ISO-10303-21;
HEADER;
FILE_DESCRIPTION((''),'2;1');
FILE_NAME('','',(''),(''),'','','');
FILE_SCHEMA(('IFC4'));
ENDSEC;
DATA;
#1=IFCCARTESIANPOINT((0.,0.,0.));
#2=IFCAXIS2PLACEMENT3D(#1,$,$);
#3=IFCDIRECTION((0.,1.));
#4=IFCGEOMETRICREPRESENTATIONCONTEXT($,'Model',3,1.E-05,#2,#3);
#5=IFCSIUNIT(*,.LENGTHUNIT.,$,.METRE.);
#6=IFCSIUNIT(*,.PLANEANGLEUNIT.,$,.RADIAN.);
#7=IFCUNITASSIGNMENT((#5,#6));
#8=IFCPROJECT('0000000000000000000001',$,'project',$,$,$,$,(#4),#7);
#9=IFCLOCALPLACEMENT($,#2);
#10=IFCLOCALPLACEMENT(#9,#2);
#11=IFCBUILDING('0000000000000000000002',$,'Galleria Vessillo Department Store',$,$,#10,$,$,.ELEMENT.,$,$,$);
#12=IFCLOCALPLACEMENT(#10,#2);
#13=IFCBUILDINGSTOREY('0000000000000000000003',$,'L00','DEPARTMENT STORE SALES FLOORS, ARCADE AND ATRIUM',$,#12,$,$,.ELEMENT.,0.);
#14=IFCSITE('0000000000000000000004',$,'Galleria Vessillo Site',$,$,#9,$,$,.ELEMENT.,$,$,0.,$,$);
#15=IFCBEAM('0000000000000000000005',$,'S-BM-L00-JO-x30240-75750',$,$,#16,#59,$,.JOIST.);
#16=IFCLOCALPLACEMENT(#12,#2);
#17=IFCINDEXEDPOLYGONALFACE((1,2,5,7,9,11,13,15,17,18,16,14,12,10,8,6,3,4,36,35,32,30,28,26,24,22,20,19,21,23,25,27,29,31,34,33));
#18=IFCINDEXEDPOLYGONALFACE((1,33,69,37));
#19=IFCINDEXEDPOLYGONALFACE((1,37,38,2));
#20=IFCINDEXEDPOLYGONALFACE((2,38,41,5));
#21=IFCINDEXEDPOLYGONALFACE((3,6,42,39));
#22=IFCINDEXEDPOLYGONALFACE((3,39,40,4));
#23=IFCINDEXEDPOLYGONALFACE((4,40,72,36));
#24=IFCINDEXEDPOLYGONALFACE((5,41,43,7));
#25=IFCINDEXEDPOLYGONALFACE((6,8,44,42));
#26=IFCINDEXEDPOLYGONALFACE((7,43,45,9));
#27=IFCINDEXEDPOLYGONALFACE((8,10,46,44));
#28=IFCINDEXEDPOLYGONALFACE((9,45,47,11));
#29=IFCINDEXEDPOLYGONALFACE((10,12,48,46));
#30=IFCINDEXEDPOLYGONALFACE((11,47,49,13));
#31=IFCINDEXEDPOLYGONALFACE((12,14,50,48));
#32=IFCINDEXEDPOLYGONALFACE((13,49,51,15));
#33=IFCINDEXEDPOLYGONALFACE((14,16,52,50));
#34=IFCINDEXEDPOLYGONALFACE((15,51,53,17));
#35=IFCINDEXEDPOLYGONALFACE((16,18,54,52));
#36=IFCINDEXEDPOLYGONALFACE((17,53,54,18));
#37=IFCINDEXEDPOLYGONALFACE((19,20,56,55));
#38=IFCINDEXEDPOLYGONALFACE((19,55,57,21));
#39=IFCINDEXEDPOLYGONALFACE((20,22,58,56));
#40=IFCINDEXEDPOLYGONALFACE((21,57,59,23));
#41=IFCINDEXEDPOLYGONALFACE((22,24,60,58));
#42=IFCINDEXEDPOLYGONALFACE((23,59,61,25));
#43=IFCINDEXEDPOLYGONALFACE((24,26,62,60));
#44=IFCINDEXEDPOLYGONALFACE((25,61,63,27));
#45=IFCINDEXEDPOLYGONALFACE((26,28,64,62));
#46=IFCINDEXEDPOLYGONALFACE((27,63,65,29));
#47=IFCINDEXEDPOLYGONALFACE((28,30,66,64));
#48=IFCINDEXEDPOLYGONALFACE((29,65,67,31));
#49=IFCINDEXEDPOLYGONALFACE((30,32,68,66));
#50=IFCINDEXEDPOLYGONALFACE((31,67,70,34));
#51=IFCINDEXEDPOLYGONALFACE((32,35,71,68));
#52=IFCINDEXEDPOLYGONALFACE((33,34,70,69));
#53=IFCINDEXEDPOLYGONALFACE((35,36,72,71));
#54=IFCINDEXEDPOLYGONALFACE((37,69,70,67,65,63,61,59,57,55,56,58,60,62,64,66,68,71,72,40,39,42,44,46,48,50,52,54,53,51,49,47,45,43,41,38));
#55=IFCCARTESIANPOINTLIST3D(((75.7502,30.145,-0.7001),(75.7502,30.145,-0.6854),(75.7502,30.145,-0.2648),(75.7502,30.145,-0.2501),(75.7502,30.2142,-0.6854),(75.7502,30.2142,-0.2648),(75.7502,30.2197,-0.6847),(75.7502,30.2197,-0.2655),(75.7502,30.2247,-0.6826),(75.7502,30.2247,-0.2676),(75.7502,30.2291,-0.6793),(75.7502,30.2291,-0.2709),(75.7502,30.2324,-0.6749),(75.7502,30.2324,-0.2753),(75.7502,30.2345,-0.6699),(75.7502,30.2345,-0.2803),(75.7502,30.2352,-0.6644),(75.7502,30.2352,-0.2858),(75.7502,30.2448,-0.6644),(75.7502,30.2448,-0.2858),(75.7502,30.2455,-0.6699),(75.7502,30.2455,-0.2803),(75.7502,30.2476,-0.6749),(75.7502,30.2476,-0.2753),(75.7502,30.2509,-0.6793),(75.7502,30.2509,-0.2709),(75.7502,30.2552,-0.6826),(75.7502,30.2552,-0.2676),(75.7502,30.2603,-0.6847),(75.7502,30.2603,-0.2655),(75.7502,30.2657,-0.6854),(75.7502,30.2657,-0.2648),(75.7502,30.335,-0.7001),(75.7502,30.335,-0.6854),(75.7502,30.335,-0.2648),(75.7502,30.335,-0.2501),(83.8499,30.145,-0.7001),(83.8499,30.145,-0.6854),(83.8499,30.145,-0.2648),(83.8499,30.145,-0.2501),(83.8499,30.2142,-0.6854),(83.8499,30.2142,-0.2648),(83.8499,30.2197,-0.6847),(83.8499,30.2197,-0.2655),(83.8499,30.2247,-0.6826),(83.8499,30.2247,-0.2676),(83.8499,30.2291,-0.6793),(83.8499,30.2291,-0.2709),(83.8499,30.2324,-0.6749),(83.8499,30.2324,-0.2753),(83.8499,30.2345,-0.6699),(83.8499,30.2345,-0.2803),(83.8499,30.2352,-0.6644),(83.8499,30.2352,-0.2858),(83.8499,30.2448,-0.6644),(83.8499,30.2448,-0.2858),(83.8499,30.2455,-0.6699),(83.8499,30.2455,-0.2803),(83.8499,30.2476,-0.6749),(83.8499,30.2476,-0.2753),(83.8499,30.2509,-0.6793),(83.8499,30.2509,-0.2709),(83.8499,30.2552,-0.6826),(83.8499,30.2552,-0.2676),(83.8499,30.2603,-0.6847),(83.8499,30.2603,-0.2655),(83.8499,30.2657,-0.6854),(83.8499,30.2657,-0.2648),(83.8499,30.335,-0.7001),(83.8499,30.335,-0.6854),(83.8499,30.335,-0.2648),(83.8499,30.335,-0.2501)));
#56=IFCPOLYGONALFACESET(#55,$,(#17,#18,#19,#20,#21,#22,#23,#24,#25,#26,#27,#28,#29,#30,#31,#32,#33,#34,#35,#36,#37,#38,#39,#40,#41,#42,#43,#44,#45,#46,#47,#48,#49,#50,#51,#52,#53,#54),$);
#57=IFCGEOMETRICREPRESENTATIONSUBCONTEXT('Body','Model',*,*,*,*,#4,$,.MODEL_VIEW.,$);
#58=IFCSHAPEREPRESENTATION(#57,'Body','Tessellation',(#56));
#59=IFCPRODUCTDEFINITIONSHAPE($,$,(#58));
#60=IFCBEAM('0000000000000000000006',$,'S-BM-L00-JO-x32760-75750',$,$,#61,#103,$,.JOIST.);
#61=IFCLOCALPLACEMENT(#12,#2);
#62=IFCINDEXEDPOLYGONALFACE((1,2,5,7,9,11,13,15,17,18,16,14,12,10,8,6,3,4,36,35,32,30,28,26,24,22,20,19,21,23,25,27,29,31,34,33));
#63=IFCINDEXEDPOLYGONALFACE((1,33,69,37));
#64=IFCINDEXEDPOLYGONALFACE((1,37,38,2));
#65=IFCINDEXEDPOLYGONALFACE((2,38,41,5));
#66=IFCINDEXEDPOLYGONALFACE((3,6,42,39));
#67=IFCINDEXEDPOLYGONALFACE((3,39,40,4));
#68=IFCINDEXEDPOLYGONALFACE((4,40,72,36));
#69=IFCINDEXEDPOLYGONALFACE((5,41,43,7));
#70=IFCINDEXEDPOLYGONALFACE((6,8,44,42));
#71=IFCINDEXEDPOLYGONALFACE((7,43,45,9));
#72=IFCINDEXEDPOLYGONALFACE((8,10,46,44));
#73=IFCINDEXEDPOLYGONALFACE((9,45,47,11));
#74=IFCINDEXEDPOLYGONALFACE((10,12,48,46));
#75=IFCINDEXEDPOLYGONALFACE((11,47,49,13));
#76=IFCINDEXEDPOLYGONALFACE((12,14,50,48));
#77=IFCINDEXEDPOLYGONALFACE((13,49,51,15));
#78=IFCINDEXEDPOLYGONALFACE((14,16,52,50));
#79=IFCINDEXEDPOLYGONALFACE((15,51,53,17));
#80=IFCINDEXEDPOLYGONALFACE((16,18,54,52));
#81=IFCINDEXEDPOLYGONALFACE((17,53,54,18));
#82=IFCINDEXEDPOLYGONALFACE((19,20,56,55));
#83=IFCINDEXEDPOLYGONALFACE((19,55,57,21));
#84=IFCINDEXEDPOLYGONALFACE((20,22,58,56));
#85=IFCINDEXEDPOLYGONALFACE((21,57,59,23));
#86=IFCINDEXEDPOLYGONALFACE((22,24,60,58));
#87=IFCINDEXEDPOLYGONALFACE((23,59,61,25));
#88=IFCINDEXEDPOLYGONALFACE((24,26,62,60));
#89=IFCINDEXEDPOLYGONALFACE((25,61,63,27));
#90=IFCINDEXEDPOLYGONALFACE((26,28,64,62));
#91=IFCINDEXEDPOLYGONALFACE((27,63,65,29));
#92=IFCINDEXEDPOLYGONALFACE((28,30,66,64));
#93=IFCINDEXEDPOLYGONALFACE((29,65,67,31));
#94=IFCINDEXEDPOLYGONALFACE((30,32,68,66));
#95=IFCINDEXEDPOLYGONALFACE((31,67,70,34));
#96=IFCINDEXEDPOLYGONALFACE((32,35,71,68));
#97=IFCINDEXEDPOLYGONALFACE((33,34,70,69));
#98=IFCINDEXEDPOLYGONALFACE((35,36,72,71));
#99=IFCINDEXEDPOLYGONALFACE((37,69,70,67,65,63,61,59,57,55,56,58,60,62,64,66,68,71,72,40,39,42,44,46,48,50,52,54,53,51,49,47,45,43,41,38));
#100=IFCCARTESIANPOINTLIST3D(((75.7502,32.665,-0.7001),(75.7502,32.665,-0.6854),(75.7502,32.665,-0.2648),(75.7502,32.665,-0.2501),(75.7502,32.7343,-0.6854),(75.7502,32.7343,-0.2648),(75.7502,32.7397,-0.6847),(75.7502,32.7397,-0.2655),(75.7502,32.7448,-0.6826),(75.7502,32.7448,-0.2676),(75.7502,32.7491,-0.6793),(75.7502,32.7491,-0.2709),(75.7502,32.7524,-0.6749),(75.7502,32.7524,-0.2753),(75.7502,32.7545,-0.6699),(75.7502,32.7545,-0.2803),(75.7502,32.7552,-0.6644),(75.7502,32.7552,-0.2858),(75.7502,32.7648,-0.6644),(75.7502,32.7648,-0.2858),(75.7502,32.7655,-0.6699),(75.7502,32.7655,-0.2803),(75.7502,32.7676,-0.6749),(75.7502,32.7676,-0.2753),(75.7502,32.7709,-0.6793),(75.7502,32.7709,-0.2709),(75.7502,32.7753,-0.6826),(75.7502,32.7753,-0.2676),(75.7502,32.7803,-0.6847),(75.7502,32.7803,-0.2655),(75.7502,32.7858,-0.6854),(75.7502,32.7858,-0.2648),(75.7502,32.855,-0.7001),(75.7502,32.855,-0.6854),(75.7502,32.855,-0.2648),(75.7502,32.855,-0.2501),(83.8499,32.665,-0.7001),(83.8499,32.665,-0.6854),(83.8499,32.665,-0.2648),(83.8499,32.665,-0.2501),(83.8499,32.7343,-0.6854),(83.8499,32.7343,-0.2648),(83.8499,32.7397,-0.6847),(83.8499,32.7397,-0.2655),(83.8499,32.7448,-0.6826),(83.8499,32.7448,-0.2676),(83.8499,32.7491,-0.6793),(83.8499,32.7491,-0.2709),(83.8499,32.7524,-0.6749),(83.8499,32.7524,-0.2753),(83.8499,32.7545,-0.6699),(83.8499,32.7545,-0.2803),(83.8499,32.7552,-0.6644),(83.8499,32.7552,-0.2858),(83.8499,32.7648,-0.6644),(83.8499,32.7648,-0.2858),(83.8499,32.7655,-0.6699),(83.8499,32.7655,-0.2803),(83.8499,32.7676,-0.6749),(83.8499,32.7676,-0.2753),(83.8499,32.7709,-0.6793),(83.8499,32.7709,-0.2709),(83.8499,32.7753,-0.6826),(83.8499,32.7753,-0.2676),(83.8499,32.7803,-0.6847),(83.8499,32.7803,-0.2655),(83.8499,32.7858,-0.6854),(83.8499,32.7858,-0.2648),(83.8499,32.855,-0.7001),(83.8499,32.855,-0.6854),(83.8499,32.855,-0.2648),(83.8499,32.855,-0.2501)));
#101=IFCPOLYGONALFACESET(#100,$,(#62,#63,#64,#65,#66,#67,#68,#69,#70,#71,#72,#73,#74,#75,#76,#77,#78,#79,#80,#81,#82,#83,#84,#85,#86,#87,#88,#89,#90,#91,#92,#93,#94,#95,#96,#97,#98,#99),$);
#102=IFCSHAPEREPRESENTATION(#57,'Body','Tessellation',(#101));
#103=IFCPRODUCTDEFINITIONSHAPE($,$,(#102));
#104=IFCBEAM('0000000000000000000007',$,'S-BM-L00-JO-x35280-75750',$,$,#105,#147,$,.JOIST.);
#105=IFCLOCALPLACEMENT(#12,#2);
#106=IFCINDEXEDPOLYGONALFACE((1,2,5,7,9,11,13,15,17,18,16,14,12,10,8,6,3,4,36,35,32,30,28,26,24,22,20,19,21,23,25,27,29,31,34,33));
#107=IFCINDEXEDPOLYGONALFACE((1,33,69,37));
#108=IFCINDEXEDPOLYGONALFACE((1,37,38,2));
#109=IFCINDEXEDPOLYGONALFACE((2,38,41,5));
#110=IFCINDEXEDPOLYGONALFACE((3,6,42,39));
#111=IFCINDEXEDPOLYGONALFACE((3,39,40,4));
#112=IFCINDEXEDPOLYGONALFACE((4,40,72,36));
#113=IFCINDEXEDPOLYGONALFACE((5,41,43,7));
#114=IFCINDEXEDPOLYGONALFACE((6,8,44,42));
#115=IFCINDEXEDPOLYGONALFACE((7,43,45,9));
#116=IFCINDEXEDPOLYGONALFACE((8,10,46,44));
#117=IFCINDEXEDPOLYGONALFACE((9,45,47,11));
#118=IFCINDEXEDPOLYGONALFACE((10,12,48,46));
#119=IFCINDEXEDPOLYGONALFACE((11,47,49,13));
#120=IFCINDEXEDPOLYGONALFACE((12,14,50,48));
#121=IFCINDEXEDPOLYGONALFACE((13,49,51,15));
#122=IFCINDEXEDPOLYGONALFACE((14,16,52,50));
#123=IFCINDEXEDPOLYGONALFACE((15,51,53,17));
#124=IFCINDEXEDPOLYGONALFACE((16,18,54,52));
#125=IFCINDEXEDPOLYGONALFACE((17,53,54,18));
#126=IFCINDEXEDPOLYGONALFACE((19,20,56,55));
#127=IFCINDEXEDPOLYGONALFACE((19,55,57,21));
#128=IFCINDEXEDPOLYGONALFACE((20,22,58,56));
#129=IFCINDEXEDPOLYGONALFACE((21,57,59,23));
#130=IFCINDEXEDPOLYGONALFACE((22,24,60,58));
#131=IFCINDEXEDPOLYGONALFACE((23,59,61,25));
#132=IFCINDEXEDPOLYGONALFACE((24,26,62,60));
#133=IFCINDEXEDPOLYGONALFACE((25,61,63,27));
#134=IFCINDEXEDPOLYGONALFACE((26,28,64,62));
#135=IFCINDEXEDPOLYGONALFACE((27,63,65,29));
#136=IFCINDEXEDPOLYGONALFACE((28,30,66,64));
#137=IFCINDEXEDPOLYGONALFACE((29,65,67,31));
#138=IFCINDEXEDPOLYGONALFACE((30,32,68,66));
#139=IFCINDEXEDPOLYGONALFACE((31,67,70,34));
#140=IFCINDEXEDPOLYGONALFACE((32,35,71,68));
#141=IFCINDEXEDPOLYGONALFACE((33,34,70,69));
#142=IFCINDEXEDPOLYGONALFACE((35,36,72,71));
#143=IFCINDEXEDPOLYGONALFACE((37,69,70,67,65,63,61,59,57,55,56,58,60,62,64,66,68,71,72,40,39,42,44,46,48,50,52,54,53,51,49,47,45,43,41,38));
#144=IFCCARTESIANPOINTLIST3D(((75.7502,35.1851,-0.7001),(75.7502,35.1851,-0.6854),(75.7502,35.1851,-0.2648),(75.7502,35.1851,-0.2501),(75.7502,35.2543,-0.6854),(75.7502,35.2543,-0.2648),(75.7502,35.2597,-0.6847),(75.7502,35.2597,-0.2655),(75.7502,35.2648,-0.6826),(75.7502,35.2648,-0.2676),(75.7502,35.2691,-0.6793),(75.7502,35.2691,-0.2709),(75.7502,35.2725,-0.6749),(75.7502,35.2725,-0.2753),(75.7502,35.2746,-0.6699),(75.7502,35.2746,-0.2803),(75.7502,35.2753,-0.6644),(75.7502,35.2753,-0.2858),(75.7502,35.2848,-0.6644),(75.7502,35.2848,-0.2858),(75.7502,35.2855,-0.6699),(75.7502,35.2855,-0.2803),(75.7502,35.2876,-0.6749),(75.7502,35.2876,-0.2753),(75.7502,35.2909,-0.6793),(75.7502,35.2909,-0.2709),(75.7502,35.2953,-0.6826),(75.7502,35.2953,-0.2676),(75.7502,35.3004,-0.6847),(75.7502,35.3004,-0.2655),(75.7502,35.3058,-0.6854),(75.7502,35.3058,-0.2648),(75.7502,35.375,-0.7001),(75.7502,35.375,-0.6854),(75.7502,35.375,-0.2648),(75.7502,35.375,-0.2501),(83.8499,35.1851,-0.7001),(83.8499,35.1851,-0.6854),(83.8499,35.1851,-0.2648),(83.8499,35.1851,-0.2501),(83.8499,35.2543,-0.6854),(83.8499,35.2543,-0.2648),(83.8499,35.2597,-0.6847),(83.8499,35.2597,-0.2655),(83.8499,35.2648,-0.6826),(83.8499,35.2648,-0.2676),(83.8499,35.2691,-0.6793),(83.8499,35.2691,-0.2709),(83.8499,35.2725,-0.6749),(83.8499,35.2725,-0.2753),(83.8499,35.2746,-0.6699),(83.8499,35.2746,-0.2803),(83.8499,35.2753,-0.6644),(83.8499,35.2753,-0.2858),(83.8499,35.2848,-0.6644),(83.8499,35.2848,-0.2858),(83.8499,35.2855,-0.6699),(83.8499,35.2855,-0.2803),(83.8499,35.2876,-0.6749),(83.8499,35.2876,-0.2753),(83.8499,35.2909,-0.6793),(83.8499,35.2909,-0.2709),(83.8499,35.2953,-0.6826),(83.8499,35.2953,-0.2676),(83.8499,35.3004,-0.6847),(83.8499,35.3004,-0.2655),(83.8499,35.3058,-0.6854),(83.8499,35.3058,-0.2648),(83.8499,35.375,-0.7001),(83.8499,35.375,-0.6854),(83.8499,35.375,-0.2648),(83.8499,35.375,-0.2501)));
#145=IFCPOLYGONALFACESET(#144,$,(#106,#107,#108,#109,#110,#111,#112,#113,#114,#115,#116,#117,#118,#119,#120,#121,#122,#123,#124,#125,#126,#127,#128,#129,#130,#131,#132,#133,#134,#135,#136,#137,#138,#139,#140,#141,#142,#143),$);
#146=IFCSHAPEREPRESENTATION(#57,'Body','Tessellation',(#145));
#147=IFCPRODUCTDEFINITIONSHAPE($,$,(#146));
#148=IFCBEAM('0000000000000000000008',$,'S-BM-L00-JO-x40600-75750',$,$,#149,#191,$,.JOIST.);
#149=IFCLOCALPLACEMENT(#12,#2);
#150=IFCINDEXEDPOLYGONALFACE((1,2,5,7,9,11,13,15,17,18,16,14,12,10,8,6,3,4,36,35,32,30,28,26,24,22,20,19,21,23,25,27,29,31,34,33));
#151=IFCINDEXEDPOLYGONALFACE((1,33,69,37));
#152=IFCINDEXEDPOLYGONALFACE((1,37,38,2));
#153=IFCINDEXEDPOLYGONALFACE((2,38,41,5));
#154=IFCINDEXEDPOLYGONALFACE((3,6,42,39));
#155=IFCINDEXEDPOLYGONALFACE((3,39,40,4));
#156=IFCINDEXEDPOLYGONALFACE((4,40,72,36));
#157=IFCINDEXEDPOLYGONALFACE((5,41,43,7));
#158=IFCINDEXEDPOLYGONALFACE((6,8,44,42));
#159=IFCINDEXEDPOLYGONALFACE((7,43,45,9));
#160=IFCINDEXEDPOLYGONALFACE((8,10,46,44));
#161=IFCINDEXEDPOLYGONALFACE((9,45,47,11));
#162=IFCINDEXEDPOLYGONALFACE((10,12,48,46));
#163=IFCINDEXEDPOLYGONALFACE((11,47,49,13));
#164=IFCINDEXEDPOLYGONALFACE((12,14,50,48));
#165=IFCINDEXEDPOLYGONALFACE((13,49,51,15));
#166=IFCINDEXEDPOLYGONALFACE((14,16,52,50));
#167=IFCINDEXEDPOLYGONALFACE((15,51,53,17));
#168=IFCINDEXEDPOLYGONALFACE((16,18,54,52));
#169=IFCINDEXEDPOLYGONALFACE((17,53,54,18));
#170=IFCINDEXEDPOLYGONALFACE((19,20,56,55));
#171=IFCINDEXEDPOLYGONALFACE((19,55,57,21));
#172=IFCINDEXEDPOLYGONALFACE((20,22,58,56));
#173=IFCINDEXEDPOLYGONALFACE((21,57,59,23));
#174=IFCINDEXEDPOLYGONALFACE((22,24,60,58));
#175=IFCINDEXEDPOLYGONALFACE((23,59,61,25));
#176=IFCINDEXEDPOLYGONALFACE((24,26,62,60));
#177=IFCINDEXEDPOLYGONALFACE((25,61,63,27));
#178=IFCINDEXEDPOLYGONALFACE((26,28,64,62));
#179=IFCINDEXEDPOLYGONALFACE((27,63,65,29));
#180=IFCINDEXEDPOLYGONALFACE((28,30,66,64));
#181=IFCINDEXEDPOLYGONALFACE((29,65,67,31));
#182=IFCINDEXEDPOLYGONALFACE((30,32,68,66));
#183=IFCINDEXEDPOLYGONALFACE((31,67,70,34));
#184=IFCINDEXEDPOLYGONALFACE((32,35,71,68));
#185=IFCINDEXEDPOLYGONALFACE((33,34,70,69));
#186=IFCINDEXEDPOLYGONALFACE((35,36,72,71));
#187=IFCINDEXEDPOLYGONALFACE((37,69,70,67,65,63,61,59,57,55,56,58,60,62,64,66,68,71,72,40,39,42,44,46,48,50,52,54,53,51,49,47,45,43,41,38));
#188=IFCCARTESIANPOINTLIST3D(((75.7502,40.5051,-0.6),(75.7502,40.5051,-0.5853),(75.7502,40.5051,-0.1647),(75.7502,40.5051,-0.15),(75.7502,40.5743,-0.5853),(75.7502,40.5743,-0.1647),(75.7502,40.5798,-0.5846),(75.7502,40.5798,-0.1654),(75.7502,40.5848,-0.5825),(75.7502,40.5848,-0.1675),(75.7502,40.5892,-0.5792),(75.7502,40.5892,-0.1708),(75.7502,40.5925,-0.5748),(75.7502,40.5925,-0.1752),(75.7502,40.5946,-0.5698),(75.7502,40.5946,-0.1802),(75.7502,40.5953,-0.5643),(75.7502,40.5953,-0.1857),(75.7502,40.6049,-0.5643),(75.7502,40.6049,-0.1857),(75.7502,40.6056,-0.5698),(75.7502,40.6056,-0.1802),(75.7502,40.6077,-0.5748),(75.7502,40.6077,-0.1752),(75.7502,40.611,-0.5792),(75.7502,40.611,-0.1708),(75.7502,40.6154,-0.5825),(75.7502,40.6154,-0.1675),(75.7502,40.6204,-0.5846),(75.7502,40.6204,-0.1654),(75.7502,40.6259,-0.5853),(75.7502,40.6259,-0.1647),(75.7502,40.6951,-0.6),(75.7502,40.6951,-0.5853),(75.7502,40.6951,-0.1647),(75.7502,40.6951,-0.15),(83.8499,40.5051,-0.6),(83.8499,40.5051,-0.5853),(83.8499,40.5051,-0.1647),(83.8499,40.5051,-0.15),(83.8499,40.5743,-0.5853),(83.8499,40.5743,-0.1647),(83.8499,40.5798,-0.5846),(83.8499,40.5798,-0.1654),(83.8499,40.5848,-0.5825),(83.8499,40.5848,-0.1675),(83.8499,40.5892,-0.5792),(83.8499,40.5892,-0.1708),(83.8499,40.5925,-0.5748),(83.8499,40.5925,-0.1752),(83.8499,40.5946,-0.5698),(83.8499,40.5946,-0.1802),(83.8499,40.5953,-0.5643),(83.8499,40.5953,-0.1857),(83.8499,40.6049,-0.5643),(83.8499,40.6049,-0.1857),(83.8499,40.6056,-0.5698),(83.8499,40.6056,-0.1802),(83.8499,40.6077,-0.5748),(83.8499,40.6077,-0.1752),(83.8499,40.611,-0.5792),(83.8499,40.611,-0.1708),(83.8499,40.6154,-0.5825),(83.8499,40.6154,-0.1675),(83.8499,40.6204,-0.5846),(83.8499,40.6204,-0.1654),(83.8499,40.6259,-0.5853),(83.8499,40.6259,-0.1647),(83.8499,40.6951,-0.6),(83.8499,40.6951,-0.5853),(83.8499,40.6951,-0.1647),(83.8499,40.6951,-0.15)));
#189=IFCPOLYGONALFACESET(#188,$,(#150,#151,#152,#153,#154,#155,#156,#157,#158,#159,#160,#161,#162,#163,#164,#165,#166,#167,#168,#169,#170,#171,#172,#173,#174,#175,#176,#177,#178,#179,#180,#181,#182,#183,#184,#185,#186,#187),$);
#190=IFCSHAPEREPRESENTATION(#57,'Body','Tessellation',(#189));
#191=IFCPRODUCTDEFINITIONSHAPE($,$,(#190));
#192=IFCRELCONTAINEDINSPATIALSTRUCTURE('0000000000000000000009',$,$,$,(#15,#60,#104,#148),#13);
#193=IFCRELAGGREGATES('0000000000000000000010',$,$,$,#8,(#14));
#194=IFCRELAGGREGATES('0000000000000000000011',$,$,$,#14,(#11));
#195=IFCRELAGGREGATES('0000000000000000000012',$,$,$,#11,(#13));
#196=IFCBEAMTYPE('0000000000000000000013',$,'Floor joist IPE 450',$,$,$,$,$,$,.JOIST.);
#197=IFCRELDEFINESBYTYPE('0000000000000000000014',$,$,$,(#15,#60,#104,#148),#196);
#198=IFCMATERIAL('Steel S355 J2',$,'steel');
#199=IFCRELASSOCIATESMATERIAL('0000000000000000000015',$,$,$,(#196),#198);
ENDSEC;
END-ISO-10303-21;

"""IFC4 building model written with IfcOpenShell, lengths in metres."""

from ifc_helpers import new_model, si_unit, direction, frame, origin, origin_2d, place, context, subcontext, project, spatial, i_section, extrude, material, material_profile, profile_set, type_object, element, save


model = new_model("IFC4")

# Units and contexts
model_context = context("Model", 3, precision=1e-05, world=origin(), true_north=direction((0.0, 1.0)))
body_context = subcontext(model_context, "Body", "Model", "MODEL_VIEW")
ifc_project = project(units=[si_unit("LENGTHUNIT", "METRE"), si_unit("PLANEANGLEUNIT", "RADIAN")], contexts=[model_context])

# Site, building, storey
site_placement = place(None, origin())
site = spatial("IfcSite", under=ifc_project, at=site_placement, Name="Galleria Vessillo Site", CompositionType="ELEMENT", RefElevation=0.0)
building_placement = place(site_placement, origin())
building = spatial("IfcBuilding", under=site, at=building_placement, Name="Galleria Vessillo Department Store", CompositionType="ELEMENT")
storey_placement = place(building_placement, origin())
storey = spatial("IfcBuildingStorey", under=building, at=storey_placement, Name="L00", Description="DEPARTMENT STORE SALES FLOORS, ARCADE AND ATRIUM", CompositionType="ELEMENT", Elevation=0.0)

# Beams
ifc_material_1 = material(Name="Steel S355 J2", Category="steel")
ifc_material_profile_1 = material_profile(ifc_material_1, i_section(OverallWidth=0.1899, OverallDepth=0.45, WebThickness=0.0095, FlangeThickness=0.0146, FilletRadius=0.021, at=origin_2d()), Name="IPE 450")
ifc_profile_set_1 = profile_set([ifc_material_profile_1], Name="Steel S355 J2")
beam_type_1 = type_object("IfcBeamType", Name="Floor joist IPE 450", PredefinedType="JOIST", material=ifc_profile_set_1)
for number, where, z_axis, x_axis, name in (
    (1, (75.7502, 30.24, -0.4751), (1.0, 0.0, 0.0), (0.0, 1.0, 0.0), "S-BM-L00-JO-x30240-75750"),
    (2, (75.7502, 32.76, -0.4751), (1.0, 0.0, 0.0), (0.0, 1.0, 0.0), "S-BM-L00-JO-x32760-75750"),
    (3, (75.7502, 35.28, -0.4751), (1.0, 0.0, 0.0), (0.0, 1.0, 0.0), "S-BM-L00-JO-x35280-75750"),
    (4, (75.7502, 40.6001, -0.375), (1.0, 0.0, 0.0), (0.0, 1.0, 0.0), "S-BM-L00-JO-x40600-75750"),
):
    element("IfcBeam", number, at=place(storey_placement, frame(where, z_axis=z_axis, x_axis=x_axis)), inside=storey, type_object=beam_type_1, Name=name, PredefinedType="JOIST", context=body_context, shape_type="SweptSolid", body=[
        extrude(i_section(OverallWidth=0.1899, OverallDepth=0.45, WebThickness=0.0095, FlangeThickness=0.0146, FilletRadius=0.021, at=origin_2d()), origin(), (0.0, 0.0, 1.0), 8.0996),
    ])

save(model, "model.ifc")
